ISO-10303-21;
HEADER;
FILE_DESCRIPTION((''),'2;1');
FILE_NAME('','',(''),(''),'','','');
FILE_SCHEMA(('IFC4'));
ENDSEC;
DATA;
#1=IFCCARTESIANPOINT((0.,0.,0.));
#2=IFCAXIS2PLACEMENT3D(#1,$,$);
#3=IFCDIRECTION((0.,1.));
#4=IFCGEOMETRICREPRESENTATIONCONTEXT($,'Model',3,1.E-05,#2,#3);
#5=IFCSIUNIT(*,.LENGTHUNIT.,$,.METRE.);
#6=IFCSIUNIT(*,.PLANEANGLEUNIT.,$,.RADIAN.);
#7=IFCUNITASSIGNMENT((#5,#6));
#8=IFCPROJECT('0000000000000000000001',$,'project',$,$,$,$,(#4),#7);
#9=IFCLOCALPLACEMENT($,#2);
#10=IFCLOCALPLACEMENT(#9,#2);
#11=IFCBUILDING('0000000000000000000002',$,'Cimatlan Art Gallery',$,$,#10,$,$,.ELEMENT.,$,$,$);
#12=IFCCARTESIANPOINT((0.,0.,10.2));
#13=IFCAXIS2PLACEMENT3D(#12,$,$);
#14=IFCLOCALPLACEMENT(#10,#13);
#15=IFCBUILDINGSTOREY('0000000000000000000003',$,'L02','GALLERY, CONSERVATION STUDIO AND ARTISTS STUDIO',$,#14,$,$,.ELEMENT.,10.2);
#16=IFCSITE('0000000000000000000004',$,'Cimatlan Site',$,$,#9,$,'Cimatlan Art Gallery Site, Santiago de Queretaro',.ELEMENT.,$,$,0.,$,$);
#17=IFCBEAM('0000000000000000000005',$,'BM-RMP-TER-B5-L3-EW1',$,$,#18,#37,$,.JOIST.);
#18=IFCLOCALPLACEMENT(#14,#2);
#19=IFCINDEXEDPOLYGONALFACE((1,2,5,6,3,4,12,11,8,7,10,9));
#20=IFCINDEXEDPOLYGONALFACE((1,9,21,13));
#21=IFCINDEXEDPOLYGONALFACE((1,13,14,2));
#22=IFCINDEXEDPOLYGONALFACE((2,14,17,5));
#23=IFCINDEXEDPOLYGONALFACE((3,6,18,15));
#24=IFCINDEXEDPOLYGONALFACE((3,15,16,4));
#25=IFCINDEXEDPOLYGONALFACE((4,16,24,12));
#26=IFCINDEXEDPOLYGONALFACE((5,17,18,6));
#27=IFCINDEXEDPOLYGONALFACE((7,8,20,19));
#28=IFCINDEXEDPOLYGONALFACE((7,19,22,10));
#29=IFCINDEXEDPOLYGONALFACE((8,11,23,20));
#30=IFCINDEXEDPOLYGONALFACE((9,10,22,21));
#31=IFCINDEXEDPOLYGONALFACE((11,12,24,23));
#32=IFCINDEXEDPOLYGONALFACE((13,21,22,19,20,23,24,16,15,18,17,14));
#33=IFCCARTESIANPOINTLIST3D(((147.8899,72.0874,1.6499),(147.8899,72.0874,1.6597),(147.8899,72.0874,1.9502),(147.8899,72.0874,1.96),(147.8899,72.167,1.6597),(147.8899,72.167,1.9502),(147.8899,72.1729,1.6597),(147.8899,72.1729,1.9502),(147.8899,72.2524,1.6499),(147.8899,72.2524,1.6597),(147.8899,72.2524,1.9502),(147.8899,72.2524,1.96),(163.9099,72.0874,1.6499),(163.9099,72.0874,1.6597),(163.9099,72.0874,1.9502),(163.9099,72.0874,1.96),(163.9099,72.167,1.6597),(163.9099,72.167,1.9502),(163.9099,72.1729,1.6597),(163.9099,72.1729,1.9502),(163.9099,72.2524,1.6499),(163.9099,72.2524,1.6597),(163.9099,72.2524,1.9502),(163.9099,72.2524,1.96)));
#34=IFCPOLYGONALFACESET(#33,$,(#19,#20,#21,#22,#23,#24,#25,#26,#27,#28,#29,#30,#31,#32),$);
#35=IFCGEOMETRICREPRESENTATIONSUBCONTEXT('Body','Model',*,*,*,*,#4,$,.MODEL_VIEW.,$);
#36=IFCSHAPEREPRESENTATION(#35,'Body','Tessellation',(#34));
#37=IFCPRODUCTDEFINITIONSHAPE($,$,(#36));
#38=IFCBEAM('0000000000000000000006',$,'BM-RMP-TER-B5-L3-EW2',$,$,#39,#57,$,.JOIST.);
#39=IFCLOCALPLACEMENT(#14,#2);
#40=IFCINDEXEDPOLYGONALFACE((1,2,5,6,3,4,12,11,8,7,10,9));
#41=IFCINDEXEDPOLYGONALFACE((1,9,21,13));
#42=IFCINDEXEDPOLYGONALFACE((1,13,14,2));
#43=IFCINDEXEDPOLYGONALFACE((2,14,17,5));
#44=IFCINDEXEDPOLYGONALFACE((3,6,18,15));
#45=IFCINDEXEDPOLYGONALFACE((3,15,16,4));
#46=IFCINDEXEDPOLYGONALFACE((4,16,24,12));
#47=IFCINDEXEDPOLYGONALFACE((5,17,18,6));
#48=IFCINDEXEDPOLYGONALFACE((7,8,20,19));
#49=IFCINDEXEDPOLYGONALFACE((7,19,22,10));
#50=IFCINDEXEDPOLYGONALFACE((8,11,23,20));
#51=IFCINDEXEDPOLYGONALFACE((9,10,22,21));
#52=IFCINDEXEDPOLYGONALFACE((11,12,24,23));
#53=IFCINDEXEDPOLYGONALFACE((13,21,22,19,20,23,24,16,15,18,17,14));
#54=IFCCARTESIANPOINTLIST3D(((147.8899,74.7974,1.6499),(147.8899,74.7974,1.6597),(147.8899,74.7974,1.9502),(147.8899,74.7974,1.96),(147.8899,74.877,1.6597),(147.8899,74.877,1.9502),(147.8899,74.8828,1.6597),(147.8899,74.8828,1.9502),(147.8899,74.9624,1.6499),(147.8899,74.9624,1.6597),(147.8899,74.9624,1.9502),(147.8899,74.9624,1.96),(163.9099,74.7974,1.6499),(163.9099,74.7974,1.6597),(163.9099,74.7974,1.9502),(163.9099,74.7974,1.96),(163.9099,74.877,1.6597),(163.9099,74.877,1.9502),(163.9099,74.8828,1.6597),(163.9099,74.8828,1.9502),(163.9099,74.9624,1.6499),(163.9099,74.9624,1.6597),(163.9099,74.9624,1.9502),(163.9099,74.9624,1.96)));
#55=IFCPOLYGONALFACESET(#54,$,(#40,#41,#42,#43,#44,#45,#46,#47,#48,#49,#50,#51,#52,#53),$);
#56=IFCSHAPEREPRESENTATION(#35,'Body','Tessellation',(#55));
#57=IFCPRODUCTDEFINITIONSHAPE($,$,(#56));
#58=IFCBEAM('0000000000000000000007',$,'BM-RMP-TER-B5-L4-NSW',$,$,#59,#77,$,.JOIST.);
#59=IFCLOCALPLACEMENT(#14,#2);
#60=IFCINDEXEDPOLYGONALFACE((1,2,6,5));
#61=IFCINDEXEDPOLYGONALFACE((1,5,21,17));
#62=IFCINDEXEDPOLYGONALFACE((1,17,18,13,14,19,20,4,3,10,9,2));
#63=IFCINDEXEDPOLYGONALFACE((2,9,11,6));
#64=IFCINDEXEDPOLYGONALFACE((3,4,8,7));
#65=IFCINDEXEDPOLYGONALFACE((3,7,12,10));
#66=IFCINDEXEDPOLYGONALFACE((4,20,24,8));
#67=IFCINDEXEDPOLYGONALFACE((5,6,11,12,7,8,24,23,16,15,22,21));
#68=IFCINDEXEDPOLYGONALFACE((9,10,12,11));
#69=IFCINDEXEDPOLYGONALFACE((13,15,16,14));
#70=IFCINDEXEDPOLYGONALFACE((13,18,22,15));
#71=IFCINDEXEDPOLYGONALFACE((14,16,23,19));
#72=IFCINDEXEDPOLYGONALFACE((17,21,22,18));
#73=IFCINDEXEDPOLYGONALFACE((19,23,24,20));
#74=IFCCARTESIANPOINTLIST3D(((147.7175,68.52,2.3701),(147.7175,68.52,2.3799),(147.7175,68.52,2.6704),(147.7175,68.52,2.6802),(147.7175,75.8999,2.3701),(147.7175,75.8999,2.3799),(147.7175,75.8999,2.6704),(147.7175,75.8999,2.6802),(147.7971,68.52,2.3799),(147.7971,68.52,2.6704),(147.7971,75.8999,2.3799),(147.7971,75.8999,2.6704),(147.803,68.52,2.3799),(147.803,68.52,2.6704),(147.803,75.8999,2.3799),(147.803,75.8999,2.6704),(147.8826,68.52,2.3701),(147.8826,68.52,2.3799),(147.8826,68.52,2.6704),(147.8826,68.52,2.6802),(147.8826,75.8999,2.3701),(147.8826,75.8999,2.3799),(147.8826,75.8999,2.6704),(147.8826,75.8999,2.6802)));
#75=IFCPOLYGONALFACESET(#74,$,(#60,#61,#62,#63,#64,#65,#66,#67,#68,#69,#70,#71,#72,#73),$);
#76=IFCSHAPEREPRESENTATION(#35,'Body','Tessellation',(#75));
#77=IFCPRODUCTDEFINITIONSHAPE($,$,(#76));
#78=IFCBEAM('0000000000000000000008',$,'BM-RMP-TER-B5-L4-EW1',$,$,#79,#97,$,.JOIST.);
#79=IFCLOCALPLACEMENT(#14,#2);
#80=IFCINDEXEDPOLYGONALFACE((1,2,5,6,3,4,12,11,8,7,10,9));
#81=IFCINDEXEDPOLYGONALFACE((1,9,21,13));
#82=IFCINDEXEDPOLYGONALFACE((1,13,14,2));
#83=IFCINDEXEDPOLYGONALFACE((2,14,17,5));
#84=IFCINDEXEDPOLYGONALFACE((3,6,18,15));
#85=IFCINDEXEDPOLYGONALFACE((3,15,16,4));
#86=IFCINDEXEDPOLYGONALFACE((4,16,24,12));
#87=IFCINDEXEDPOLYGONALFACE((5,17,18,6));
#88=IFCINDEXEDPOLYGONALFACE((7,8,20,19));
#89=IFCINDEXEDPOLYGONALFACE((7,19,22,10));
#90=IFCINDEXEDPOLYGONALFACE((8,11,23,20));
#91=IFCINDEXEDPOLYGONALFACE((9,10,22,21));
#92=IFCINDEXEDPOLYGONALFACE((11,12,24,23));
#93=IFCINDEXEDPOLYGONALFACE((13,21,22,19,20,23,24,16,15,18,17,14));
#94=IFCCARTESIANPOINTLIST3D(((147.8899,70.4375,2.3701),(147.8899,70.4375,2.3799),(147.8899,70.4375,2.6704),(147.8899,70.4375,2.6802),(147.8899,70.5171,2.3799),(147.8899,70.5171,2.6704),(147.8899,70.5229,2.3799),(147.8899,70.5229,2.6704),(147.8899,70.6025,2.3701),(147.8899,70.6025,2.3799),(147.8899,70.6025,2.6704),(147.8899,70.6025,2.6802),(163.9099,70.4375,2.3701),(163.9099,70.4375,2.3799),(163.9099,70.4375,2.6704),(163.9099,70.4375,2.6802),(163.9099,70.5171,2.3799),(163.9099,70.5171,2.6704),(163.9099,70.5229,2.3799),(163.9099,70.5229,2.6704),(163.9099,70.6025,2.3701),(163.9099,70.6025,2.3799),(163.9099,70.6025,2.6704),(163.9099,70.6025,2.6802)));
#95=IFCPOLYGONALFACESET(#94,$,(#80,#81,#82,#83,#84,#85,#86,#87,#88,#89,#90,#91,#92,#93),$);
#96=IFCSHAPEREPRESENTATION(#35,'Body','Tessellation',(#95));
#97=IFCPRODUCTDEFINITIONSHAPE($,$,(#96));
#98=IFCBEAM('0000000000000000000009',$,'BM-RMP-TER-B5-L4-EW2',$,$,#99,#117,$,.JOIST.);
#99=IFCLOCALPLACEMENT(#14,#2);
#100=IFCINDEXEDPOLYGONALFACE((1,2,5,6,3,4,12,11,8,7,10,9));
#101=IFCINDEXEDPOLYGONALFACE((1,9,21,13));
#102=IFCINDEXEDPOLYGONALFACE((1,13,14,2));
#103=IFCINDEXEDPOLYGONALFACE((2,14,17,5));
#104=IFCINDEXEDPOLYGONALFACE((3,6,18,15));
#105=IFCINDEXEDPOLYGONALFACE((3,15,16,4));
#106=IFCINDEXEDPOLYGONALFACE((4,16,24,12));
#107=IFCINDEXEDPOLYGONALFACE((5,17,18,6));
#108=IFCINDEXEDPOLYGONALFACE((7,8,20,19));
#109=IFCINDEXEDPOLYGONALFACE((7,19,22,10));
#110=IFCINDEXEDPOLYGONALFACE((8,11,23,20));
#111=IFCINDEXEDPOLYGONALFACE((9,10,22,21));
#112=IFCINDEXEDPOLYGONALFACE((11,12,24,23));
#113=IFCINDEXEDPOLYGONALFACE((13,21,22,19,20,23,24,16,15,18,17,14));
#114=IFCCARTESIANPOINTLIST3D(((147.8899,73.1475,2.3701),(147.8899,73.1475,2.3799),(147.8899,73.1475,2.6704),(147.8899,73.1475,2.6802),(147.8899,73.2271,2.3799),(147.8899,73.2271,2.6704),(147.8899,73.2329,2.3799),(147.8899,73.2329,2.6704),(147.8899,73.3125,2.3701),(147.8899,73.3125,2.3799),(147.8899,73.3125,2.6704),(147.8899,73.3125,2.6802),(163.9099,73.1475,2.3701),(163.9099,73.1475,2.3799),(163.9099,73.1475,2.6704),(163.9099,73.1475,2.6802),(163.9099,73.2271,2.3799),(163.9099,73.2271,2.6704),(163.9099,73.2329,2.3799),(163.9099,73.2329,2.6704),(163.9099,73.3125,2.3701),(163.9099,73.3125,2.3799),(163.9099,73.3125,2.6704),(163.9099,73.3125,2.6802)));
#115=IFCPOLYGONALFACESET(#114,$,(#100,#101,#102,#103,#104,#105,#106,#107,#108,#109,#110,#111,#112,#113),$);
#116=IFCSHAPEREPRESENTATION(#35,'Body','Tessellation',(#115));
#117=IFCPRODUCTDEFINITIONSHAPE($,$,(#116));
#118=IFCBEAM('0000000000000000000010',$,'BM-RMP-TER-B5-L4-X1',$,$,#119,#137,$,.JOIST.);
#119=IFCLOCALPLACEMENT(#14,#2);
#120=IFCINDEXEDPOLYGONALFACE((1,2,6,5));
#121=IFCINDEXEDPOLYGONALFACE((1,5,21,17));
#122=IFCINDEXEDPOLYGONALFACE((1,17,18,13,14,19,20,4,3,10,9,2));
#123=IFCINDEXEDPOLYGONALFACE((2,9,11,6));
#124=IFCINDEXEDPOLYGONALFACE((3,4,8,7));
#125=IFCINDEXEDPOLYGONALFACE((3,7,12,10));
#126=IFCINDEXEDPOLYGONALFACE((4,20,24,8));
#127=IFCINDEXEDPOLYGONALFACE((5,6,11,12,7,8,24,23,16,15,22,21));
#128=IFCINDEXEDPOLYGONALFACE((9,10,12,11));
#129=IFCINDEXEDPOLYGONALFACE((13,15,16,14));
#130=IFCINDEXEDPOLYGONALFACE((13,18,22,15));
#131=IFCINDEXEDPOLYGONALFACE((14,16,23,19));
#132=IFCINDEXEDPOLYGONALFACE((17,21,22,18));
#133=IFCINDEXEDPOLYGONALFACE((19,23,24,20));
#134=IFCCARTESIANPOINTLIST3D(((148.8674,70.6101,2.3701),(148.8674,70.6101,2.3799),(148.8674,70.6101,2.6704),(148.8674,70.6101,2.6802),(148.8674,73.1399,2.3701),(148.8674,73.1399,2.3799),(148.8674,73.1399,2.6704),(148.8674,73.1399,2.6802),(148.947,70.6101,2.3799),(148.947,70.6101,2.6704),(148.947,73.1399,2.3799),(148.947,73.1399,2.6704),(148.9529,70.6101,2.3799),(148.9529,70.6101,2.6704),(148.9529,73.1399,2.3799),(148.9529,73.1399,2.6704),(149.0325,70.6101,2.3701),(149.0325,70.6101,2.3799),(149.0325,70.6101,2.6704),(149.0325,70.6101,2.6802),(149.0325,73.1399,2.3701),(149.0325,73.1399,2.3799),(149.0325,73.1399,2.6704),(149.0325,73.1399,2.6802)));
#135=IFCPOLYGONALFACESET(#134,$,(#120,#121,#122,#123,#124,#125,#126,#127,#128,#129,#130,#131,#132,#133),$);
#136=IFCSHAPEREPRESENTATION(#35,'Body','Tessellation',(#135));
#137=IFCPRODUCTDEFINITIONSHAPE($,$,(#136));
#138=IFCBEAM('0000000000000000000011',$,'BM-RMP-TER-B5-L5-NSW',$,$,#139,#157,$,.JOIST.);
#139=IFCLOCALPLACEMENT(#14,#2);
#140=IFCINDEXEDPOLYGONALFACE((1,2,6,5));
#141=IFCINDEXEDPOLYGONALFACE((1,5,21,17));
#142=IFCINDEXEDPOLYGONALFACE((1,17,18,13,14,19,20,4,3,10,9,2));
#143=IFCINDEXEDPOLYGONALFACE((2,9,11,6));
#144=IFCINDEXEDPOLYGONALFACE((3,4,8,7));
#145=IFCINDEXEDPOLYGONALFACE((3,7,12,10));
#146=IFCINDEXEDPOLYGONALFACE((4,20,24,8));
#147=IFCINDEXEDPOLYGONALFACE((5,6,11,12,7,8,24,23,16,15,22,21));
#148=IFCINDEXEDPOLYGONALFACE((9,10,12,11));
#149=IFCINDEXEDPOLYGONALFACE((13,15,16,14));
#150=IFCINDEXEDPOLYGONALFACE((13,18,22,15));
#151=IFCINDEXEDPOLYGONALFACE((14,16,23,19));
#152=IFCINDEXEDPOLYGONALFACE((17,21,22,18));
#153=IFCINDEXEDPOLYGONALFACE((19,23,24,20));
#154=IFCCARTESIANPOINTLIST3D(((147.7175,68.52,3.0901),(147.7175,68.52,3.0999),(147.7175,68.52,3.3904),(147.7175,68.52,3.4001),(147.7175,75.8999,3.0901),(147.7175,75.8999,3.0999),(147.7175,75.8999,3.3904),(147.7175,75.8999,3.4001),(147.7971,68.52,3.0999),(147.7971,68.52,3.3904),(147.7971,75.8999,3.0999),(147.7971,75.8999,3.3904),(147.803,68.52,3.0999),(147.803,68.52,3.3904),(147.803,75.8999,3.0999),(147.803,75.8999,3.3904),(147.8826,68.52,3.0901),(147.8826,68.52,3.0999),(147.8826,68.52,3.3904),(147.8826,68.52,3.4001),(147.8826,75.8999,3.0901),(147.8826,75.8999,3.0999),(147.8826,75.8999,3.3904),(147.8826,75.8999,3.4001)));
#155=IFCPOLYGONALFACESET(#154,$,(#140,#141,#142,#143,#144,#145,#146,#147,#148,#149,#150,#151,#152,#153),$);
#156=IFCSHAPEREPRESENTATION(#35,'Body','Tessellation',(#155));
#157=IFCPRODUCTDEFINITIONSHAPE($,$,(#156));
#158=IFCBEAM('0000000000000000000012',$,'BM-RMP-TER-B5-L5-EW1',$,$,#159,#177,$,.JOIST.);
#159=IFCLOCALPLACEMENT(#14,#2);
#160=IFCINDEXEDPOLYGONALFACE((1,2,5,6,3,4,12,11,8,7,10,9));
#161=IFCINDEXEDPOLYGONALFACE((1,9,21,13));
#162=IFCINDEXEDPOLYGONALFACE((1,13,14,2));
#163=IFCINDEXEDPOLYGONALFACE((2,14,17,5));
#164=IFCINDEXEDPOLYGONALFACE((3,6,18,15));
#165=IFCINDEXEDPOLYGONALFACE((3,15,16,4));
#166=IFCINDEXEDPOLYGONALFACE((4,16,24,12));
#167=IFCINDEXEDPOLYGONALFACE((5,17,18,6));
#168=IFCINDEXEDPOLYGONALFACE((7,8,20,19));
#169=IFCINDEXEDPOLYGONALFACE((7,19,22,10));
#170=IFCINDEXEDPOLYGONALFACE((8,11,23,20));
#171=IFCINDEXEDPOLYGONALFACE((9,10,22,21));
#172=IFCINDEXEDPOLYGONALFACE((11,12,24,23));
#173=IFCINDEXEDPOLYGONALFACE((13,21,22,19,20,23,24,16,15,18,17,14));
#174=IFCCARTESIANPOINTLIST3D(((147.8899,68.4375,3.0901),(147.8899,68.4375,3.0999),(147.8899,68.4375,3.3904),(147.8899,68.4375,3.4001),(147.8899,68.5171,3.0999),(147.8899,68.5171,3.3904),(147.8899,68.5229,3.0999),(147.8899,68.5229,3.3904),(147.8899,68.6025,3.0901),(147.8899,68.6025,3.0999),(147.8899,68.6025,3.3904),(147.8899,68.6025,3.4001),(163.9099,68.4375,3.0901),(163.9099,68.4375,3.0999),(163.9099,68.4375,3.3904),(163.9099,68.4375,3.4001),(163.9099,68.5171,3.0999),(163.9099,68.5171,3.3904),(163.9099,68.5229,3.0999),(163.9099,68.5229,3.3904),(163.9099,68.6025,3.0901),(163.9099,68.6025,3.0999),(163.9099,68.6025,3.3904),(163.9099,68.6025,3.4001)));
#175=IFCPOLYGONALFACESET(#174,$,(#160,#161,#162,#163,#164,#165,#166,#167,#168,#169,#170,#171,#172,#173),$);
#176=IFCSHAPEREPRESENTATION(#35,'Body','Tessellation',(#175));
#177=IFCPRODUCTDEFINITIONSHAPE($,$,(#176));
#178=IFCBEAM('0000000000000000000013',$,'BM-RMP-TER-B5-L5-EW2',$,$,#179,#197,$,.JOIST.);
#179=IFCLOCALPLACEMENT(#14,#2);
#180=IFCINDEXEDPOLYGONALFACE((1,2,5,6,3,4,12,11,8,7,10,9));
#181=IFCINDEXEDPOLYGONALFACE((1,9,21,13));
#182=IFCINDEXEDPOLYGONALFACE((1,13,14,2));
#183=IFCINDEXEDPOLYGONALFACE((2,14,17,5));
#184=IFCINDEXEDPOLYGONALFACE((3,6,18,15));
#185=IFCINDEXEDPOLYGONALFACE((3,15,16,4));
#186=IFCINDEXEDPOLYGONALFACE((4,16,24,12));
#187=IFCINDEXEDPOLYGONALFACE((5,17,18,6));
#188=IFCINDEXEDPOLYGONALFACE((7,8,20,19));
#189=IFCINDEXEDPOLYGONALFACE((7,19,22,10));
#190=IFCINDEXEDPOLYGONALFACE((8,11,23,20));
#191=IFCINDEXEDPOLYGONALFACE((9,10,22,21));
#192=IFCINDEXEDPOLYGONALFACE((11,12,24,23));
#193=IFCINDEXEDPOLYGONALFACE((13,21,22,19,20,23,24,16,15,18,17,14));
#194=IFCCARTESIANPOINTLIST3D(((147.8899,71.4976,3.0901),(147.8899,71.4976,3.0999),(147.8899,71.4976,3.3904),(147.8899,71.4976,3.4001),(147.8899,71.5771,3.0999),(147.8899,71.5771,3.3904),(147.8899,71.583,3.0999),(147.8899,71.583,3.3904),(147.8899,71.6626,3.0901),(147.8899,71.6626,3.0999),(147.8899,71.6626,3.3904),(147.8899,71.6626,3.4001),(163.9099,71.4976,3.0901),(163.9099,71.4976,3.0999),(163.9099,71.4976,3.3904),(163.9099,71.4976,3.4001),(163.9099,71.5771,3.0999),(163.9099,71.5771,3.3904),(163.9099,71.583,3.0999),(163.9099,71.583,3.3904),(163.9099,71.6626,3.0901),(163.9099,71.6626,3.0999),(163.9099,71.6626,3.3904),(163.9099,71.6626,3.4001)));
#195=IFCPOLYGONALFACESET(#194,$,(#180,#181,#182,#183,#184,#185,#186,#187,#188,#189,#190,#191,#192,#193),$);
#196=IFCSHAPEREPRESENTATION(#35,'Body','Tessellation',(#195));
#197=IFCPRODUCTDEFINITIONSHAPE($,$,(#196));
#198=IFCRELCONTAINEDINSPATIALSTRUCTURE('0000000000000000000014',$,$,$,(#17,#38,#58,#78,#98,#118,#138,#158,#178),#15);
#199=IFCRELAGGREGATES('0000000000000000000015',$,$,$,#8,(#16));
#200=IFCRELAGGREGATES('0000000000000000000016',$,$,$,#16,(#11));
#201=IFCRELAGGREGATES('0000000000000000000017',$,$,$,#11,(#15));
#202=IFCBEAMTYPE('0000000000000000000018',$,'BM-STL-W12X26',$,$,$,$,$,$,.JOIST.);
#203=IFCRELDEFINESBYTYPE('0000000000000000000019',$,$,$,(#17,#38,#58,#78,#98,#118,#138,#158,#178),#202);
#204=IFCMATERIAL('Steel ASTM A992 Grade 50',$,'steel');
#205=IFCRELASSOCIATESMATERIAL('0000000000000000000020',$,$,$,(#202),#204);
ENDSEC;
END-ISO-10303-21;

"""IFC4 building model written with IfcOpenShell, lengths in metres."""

from ifc_helpers import new_model, si_unit, direction, frame, origin, origin_2d, place, context, subcontext, project, spatial, i_section, extrude, material, material_profile, profile_set, type_object, element, save


model = new_model("IFC4")

# Units and contexts
model_context = context("Model", 3, precision=1e-05, world=origin(), true_north=direction((0.0, 1.0)))
body_context = subcontext(model_context, "Body", "Model", "MODEL_VIEW")
ifc_project = project(units=[si_unit("LENGTHUNIT", "METRE"), si_unit("PLANEANGLEUNIT", "RADIAN")], contexts=[model_context])

# Site, building, storey
site_placement = place(None, origin())
site = spatial("IfcSite", under=ifc_project, at=site_placement, Name="Cimatlan Site", LongName="Cimatlan Art Gallery Site, Santiago de Queretaro", CompositionType="ELEMENT", RefElevation=0.0)
building_placement = place(site_placement, origin())
building = spatial("IfcBuilding", under=site, at=building_placement, Name="Cimatlan Art Gallery", CompositionType="ELEMENT")
storey_placement = place(building_placement, frame((0.0, 0.0, 10.2)))
storey = spatial("IfcBuildingStorey", under=building, at=storey_placement, Name="L02", Description="GALLERY, CONSERVATION STUDIO AND ARTISTS STUDIO", CompositionType="ELEMENT", Elevation=10.2)

# Shared definitions
ifc_material_1 = material(Name="Steel ASTM A992 Grade 50", Category="steel")

# Beams
ifc_material_profile_1 = material_profile(ifc_material_1, i_section(OverallWidth=0.165, OverallDepth=0.3101, WebThickness=0.0059, FlangeThickness=0.0098, at=origin_2d()), Name="W12X26")
ifc_profile_set_1 = profile_set([ifc_material_profile_1], Name="Steel ASTM A992 Grade 50")
beam_type = type_object("IfcBeamType", Name="BM-STL-W12X26", PredefinedType="JOIST", material=ifc_profile_set_1)
for number, where, z_axis, x_axis, name in (
    (1, (147.8899, 72.1699, 1.8049), (1.0, 0.0, 0.0), (0.0, 1.0, 0.0), "BM-RMP-TER-B5-L3-EW1"),
    (2, (147.8899, 74.8799, 1.8049), (1.0, 0.0, 0.0), (0.0, 1.0, 0.0), "BM-RMP-TER-B5-L3-EW2"),
):
    element("IfcBeam", number, at=place(storey_placement, frame(where, z_axis=z_axis, x_axis=x_axis)), inside=storey, type_object=beam_type, Name=name, PredefinedType="JOIST", context=body_context, shape_type="SweptSolid", body=[
        extrude(i_section(OverallWidth=0.165, OverallDepth=0.3101, WebThickness=0.0059, FlangeThickness=0.0098, at=origin_2d()), origin(), (0.0, 0.0, 1.0), 16.02),
    ])
beam_1_placement = place(storey_placement, frame((147.8, 68.52, 2.5251), z_axis=(0.0, 1.0, 0.0), x_axis=(-1.0, 0.0, 0.0)))
element("IfcBeam", 3, at=beam_1_placement, inside=storey, type_object=beam_type, Name="BM-RMP-TER-B5-L4-NSW", PredefinedType="JOIST", context=body_context, shape_type="SweptSolid", body=[
    extrude(i_section(OverallWidth=0.165, OverallDepth=0.3101, WebThickness=0.0059, FlangeThickness=0.0098, at=origin_2d()), origin(), (0.0, 0.0, 1.0), 7.3799),
])
for number, where, z_axis, x_axis, name in (
    (4, (147.8899, 70.52, 2.5251), (1.0, 0.0, 0.0), (0.0, 1.0, 0.0), "BM-RMP-TER-B5-L4-EW1"),
    (5, (147.8899, 73.23, 2.5251), (1.0, 0.0, 0.0), (0.0, 1.0, 0.0), "BM-RMP-TER-B5-L4-EW2"),
):
    element("IfcBeam", number, at=place(storey_placement, frame(where, z_axis=z_axis, x_axis=x_axis)), inside=storey, type_object=beam_type, Name=name, PredefinedType="JOIST", context=body_context, shape_type="SweptSolid", body=[
        extrude(i_section(OverallWidth=0.165, OverallDepth=0.3101, WebThickness=0.0059, FlangeThickness=0.0098, at=origin_2d()), origin(), (0.0, 0.0, 1.0), 16.02),
    ])
beam_2_placement = place(storey_placement, frame((148.95, 70.6101, 2.5251), z_axis=(0.0, 1.0, 0.0), x_axis=(-1.0, 0.0, 0.0)))
element("IfcBeam", 6, at=beam_2_placement, inside=storey, type_object=beam_type, Name="BM-RMP-TER-B5-L4-X1", PredefinedType="JOIST", context=body_context, shape_type="SweptSolid", body=[
    extrude(i_section(OverallWidth=0.165, OverallDepth=0.3101, WebThickness=0.0059, FlangeThickness=0.0098, at=origin_2d()), origin(), (0.0, 0.0, 1.0), 2.5298),
])
beam_3_placement = place(storey_placement, frame((147.8, 68.52, 3.2451), z_axis=(0.0, 1.0, 0.0), x_axis=(-1.0, 0.0, 0.0)))
element("IfcBeam", 7, at=beam_3_placement, inside=storey, type_object=beam_type, Name="BM-RMP-TER-B5-L5-NSW", PredefinedType="JOIST", context=body_context, shape_type="SweptSolid", body=[
    extrude(i_section(OverallWidth=0.165, OverallDepth=0.3101, WebThickness=0.0059, FlangeThickness=0.0098, at=origin_2d()), origin(), (0.0, 0.0, 1.0), 7.3799),
])
for number, where, z_axis, x_axis, name in (
    (8, (147.8899, 68.52, 3.2451), (1.0, 0.0, 0.0), (0.0, 1.0, 0.0), "BM-RMP-TER-B5-L5-EW1"),
    (9, (147.8899, 71.5801, 3.2451), (1.0, 0.0, 0.0), (0.0, 1.0, 0.0), "BM-RMP-TER-B5-L5-EW2"),
):
    element("IfcBeam", number, at=place(storey_placement, frame(where, z_axis=z_axis, x_axis=x_axis)), inside=storey, type_object=beam_type, Name=name, PredefinedType="JOIST", context=body_context, shape_type="SweptSolid", body=[
        extrude(i_section(OverallWidth=0.165, OverallDepth=0.3101, WebThickness=0.0059, FlangeThickness=0.0098, at=origin_2d()), origin(), (0.0, 0.0, 1.0), 16.02),
    ])

save(model, "model.ifc")
